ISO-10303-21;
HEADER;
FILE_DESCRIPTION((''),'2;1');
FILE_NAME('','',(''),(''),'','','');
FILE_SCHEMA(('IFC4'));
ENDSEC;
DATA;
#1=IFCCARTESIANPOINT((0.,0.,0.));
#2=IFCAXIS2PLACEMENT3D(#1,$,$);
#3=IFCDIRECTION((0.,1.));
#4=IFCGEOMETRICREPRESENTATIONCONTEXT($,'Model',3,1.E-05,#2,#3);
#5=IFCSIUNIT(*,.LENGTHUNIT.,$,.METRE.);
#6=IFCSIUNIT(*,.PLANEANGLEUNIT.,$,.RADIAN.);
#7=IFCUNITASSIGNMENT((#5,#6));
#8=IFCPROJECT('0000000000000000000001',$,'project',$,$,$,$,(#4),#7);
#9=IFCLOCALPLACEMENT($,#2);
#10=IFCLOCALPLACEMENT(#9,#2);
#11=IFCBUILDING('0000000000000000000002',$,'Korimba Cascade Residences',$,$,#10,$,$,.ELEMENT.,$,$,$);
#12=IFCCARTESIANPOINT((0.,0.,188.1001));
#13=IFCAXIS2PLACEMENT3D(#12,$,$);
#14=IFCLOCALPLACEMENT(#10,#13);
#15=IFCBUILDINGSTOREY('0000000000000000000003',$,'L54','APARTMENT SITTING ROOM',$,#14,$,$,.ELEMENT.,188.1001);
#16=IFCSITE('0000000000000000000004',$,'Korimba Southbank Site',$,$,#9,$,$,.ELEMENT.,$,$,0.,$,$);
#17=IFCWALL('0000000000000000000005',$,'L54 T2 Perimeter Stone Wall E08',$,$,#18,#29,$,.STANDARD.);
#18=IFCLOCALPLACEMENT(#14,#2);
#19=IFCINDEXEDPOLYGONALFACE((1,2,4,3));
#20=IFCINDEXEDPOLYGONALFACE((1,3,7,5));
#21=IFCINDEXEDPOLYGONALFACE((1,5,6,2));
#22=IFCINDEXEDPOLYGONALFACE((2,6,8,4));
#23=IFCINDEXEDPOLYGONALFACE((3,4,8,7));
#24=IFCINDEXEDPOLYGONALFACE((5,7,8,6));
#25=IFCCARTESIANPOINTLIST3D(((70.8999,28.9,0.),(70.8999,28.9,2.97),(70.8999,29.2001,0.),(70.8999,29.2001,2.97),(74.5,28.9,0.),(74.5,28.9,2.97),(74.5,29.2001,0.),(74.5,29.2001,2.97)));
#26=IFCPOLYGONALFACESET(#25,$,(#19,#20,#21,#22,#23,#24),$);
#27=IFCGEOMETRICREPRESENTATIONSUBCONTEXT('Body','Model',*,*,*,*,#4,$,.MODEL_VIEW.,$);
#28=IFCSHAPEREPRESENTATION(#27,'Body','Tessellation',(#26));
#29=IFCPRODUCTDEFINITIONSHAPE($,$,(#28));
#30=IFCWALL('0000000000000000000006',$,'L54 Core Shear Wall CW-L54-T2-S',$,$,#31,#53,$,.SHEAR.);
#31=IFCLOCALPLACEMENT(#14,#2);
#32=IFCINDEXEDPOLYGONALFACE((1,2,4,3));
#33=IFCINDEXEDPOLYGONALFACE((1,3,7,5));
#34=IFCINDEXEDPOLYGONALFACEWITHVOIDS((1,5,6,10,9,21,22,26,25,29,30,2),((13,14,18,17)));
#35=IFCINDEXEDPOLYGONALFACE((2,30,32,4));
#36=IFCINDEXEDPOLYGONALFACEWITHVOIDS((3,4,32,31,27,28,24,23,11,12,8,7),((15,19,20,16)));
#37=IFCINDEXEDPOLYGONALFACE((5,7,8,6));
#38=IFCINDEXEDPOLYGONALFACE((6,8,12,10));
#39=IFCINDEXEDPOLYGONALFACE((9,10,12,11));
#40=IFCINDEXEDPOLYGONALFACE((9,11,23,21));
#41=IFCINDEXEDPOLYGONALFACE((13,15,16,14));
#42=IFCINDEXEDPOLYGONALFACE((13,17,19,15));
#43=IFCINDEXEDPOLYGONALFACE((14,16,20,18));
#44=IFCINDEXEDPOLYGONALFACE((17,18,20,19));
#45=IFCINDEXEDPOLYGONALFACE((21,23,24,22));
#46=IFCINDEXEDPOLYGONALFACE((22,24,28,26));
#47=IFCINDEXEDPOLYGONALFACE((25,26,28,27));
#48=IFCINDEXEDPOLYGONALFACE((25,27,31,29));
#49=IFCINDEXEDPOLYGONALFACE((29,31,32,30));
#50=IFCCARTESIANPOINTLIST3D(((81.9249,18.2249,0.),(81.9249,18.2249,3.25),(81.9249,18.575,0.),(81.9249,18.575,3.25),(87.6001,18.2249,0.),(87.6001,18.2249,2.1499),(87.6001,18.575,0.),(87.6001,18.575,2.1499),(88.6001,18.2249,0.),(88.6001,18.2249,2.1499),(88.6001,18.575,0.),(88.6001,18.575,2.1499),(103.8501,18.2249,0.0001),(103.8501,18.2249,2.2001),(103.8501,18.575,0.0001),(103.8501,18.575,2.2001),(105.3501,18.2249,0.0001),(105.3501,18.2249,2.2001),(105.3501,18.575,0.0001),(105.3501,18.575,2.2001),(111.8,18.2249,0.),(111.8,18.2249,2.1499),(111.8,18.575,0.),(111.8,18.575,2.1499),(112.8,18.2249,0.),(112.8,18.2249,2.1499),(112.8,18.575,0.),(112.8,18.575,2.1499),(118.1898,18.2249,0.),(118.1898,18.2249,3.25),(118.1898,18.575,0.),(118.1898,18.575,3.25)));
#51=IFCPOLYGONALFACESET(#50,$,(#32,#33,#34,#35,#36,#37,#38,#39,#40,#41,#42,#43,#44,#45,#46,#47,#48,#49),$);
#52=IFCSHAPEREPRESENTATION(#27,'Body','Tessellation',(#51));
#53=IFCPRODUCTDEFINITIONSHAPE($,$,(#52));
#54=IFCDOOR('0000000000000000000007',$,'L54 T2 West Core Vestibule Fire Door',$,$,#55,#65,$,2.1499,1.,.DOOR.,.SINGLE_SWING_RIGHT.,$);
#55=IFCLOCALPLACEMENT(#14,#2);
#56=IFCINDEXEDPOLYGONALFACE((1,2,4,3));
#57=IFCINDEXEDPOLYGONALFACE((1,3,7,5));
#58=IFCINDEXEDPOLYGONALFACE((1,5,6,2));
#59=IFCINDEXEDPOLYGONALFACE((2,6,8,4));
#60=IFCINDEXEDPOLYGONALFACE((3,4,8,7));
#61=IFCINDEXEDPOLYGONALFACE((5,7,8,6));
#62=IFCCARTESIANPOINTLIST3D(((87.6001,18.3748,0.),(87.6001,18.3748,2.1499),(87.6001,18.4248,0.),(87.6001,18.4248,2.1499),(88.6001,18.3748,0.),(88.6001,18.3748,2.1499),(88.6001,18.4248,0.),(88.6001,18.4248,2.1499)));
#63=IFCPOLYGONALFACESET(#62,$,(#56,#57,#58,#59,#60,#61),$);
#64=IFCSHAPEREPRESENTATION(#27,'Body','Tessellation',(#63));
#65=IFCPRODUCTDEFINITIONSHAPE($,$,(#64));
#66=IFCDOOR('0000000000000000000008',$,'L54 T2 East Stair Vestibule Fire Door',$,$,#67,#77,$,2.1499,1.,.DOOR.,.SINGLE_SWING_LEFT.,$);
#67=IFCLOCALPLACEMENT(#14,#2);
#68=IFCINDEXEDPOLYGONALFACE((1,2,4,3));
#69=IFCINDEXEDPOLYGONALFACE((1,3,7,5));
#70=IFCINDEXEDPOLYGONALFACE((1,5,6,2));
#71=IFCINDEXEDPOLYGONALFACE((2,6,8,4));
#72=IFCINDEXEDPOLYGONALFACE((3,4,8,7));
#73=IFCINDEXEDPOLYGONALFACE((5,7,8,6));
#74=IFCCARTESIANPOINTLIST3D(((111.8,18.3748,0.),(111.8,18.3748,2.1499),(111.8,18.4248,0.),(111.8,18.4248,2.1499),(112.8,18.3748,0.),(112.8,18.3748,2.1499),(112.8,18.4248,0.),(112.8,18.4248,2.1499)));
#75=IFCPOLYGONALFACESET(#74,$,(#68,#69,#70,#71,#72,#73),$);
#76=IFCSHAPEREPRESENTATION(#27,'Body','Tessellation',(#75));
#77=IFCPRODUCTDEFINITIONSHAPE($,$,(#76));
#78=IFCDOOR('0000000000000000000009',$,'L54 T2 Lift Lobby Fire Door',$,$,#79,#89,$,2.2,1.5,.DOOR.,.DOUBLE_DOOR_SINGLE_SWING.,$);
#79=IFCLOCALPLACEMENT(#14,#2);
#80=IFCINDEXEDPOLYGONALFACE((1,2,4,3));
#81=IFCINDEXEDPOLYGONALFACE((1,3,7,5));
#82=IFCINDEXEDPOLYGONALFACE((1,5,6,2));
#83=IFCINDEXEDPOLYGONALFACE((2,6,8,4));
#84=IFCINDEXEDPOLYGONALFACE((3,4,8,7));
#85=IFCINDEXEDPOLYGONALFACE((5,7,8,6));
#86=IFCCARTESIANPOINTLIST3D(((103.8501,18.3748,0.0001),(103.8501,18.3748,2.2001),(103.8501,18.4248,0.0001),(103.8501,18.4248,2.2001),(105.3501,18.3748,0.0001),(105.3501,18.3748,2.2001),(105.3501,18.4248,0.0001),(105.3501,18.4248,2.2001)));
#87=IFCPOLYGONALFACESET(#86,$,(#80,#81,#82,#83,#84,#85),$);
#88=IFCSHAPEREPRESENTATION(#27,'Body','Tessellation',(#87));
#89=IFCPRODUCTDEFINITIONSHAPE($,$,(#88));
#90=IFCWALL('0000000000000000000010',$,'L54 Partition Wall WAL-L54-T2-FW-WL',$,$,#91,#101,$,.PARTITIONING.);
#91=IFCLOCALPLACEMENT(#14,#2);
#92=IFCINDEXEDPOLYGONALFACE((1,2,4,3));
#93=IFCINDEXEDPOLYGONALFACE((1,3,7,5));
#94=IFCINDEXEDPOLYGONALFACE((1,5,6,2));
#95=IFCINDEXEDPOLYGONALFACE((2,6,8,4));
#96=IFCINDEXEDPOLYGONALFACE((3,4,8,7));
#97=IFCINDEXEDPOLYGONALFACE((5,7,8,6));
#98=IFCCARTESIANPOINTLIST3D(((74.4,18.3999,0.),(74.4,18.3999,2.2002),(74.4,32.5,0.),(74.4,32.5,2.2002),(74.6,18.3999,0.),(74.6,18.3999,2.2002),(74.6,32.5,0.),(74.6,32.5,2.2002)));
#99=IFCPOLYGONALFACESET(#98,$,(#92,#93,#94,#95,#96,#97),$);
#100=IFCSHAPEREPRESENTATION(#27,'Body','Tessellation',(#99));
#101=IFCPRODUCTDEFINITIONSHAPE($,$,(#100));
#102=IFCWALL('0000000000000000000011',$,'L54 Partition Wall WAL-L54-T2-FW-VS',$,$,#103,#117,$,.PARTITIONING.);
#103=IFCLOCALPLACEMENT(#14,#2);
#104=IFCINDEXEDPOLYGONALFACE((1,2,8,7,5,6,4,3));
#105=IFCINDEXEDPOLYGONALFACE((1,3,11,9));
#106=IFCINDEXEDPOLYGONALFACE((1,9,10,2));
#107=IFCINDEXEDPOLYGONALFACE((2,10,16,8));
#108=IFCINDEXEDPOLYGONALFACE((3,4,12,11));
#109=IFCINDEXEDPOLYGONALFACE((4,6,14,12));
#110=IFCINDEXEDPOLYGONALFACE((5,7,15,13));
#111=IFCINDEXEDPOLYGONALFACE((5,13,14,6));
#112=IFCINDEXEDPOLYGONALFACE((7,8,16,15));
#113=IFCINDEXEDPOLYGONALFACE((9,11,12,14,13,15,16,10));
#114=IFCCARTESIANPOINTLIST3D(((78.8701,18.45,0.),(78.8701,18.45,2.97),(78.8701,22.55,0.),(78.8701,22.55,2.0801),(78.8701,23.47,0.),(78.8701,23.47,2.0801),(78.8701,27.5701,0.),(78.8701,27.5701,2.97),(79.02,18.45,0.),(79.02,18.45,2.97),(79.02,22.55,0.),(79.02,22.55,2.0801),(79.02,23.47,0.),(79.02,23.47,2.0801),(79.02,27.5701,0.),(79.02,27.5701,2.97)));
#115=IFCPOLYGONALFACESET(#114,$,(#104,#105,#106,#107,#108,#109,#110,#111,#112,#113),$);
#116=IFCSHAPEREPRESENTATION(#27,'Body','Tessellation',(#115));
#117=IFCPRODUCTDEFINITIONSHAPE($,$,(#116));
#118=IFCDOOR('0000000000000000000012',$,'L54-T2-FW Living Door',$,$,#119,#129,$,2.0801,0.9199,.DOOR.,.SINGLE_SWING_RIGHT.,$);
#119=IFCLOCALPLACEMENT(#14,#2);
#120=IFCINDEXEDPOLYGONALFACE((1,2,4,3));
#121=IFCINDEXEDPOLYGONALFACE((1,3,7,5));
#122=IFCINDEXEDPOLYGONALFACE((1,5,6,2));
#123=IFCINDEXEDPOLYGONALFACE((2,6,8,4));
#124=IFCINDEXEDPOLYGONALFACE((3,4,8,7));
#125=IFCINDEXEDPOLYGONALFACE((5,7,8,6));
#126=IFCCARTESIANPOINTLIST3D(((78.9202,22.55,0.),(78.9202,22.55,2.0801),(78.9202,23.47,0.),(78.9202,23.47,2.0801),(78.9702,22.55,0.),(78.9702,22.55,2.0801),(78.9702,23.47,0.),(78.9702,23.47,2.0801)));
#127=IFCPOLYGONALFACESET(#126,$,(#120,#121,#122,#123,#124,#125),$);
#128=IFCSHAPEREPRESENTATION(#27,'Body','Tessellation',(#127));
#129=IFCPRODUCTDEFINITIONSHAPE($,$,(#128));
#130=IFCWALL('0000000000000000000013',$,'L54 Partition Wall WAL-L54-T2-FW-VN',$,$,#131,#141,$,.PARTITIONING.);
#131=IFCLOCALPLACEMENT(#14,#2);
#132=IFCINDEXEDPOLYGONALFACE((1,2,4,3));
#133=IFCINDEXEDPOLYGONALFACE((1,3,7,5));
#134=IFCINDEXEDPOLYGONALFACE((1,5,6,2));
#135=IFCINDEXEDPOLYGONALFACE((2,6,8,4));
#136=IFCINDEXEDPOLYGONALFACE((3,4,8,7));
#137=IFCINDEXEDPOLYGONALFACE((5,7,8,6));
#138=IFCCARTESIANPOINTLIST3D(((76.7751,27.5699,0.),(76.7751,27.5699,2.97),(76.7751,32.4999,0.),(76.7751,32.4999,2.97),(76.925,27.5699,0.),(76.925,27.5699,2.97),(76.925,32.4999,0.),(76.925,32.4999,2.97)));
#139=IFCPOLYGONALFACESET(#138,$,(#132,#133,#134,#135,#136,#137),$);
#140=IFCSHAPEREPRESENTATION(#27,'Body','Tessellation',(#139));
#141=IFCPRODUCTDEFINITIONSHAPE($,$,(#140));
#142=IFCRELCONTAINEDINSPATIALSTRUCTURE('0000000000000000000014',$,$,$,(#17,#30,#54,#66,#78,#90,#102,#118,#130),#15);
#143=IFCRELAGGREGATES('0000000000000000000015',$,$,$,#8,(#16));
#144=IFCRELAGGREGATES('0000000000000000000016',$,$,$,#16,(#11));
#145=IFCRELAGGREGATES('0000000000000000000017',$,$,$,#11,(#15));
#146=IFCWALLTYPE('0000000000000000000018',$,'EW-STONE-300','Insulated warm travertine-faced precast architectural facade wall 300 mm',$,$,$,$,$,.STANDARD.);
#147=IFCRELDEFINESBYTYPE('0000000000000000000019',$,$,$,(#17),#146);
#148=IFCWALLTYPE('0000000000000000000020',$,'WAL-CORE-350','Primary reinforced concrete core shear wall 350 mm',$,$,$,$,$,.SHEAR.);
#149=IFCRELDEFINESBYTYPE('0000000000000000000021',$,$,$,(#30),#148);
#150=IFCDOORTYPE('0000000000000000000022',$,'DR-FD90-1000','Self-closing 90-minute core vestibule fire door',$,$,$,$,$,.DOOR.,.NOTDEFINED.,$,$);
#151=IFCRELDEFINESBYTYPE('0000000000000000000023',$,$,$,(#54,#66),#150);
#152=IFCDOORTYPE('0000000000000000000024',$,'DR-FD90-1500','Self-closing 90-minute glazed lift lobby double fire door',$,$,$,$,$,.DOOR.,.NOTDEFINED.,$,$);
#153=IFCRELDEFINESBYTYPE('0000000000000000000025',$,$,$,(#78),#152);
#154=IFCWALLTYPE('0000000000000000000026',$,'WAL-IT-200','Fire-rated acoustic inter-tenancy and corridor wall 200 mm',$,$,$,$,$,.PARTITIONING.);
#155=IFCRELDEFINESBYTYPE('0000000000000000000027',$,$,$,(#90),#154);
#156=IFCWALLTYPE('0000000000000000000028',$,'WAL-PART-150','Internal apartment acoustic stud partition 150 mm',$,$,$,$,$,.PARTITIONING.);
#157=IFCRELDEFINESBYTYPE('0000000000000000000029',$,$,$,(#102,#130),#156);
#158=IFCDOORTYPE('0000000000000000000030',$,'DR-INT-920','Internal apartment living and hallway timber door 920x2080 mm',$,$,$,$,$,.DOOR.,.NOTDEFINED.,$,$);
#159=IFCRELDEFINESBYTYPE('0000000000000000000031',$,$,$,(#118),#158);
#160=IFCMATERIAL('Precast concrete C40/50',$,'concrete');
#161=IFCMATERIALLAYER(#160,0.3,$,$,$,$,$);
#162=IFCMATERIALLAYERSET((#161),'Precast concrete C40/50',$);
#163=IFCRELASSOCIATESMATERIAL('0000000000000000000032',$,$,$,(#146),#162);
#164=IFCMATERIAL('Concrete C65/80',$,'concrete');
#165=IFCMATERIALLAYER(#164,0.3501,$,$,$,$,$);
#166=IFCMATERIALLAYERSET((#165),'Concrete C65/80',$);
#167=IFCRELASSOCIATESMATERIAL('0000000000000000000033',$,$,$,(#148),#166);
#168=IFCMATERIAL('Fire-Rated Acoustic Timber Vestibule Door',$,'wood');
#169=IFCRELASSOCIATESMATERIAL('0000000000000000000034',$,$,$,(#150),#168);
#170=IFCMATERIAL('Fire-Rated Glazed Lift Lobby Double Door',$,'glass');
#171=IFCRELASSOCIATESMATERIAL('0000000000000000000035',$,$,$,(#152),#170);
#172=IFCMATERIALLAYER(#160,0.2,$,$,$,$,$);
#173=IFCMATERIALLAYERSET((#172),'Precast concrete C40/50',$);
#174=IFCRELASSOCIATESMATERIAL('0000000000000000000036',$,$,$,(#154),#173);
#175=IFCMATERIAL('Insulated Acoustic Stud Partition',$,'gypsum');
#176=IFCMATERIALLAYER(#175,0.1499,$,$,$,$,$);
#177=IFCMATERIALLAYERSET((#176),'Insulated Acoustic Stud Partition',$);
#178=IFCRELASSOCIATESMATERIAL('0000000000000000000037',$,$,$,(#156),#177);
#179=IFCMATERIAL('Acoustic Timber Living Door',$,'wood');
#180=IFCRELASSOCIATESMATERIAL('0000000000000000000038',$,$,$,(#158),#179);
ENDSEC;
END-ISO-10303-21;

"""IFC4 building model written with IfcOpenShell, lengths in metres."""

from ifc_helpers import new_model, si_unit, direction, frame, frame_2d, origin, place, context, subcontext, project, spatial, rectangle, extrude, material, layer, layer_set, type_object, element, fill, save


model = new_model("IFC4")

# Units and contexts
model_context = context("Model", 3, precision=1e-05, world=origin(), true_north=direction((0.0, 1.0)))
body_context = subcontext(model_context, "Body", "Model", "MODEL_VIEW")
ifc_project = project(units=[si_unit("LENGTHUNIT", "METRE"), si_unit("PLANEANGLEUNIT", "RADIAN")], contexts=[model_context])

# Site, building, storey
site_placement = place(None, origin())
site = spatial("IfcSite", under=ifc_project, at=site_placement, Name="Korimba Southbank Site", CompositionType="ELEMENT", RefElevation=0.0)
building_placement = place(site_placement, origin())
building = spatial("IfcBuilding", under=site, at=building_placement, Name="Korimba Cascade Residences", CompositionType="ELEMENT")
storey_placement = place(building_placement, frame((0.0, 0.0, 188.1001)))
storey = spatial("IfcBuildingStorey", under=building, at=storey_placement, Name="L54", Description="APARTMENT SITTING ROOM", CompositionType="ELEMENT", Elevation=188.1001)

# Wall
ifc_material_1 = material(Name="Precast concrete C40/50", Category="concrete")
ifc_layer_1 = layer(ifc_material_1, 0.3)
ifc_layer_set_1 = layer_set([ifc_layer_1], Name="Precast concrete C40/50")
wall_type_1 = type_object("IfcWallType", Name="EW-STONE-300", Description="Insulated warm travertine-faced precast architectural facade wall 300 mm", PredefinedType="STANDARD", material=ifc_layer_set_1)
wall_1_placement = place(storey_placement, frame((74.5, 29.05, 0.0), z_axis=(0.0, 0.0, 1.0), x_axis=(-1.0, 0.0, 0.0)))
element("IfcWall", 1, at=wall_1_placement, inside=storey, type_object=wall_type_1, Name="L54 T2 Perimeter Stone Wall E08", PredefinedType="STANDARD", context=body_context, shape_type="SweptSolid", body=[
    extrude(rectangle(XDim=3.6001, YDim=0.3, at=frame_2d((1.8, 0.0))), origin(), (0.0, 0.0, 1.0), 2.97),
])

# Wall, openings, doors
ifc_material_2 = material(Name="Concrete C65/80", Category="concrete")
ifc_layer_2 = layer(ifc_material_2, 0.3501)
ifc_layer_set_2 = layer_set([ifc_layer_2], Name="Concrete C65/80")
wall_type_2 = type_object("IfcWallType", Name="WAL-CORE-350", Description="Primary reinforced concrete core shear wall 350 mm", PredefinedType="SHEAR", material=ifc_layer_set_2)
wall_2_placement = place(storey_placement, frame((81.925, 18.3999, 0.0), z_axis=(0.0, 0.0, 1.0), x_axis=(1.0, 0.0, 0.0)))
wall_2 = element("IfcWall", 2, at=wall_2_placement, inside=storey, type_object=wall_type_2, Name="L54 Core Shear Wall CW-L54-T2-S", PredefinedType="SHEAR", context=body_context, shape_type="SweptSolid", body=[
    extrude(rectangle(XDim=36.2649, YDim=0.3501, at=frame_2d((18.1323, 0.0))), origin(), (0.0, 0.0, 1.0), 3.25),
])
opening_1_placement = place(wall_2_placement, frame((5.675, 0.0, 0.0)))
opening_1 = element("IfcOpeningElement", 3, at=opening_1_placement, cuts=wall_2, PredefinedType="OPENING", context=body_context, shape_type="SweptSolid", body=[
    extrude(rectangle(XDim=1.0, YDim=2.1499, at=frame_2d((0.5, 1.075))), frame((0.0, 0.1851, 0.0), z_axis=(0.0, -1.0, 0.0), x_axis=(1.0, 0.0, 0.0)), (0.0, 0.0, 1.0), 0.3701),
])
opening_2_placement = place(wall_2_placement, frame((21.925, 0.0, 0.0)))
opening_2 = element("IfcOpeningElement", 4, at=opening_2_placement, cuts=wall_2, PredefinedType="OPENING", context=body_context, shape_type="SweptSolid", body=[
    extrude(rectangle(XDim=1.5, YDim=2.2, at=frame_2d((0.75, 1.1001))), frame((0.0, 0.1851, 0.0), z_axis=(0.0, -1.0, 0.0), x_axis=(1.0, 0.0, 0.0)), (0.0, 0.0, 1.0), 0.3701),
])
opening_3_placement = place(wall_2_placement, frame((29.875, 0.0, 0.0)))
opening_3 = element("IfcOpeningElement", 5, at=opening_3_placement, cuts=wall_2, PredefinedType="OPENING", context=body_context, shape_type="SweptSolid", body=[
    extrude(rectangle(XDim=1.0, YDim=2.1499, at=frame_2d((0.5, 1.075))), frame((0.0, 0.1851, 0.0), z_axis=(0.0, -1.0, 0.0), x_axis=(1.0, 0.0, 0.0)), (0.0, 0.0, 1.0), 0.3701),
])
ifc_material_3 = material(Name="Fire-Rated Acoustic Timber Vestibule Door", Category="wood")
door_type_1 = type_object("IfcDoorType", Name="DR-FD90-1000", Description="Self-closing 90-minute core vestibule fire door", OperationType="NOTDEFINED", PredefinedType="DOOR", material=ifc_material_3)
door_1_placement = place(opening_1_placement, origin())
door_1 = element("IfcDoor", 6, at=door_1_placement, inside=storey, type_object=door_type_1, Name="L54 T2 West Core Vestibule Fire Door", OperationType="SINGLE_SWING_RIGHT", OverallHeight=2.1499, OverallWidth=1.0, PredefinedType="DOOR", context=body_context, shape_type="SweptSolid", body=[
    extrude(rectangle(XDim=1.0, YDim=2.1499, at=frame_2d((0.5, 1.075))), frame((0.0, 0.0249, 0.0), z_axis=(0.0, -1.0, 0.0), x_axis=(1.0, 0.0, 0.0)), (0.0, 0.0, 1.0), 0.05),
])
fill(opening_1, door_1)
door_2_placement = place(opening_3_placement, origin())
door_2 = element("IfcDoor", 7, at=door_2_placement, inside=storey, type_object=door_type_1, Name="L54 T2 East Stair Vestibule Fire Door", OperationType="SINGLE_SWING_LEFT", OverallHeight=2.1499, OverallWidth=1.0, PredefinedType="DOOR", context=body_context, shape_type="SweptSolid", body=[
    extrude(rectangle(XDim=1.0, YDim=2.1499, at=frame_2d((0.5, 1.075))), frame((0.0, 0.0249, 0.0), z_axis=(0.0, -1.0, 0.0), x_axis=(1.0, 0.0, 0.0)), (0.0, 0.0, 1.0), 0.05),
])
fill(opening_3, door_2)
ifc_material_4 = material(Name="Fire-Rated Glazed Lift Lobby Double Door", Category="glass")
door_type_2 = type_object("IfcDoorType", Name="DR-FD90-1500", Description="Self-closing 90-minute glazed lift lobby double fire door", OperationType="NOTDEFINED", PredefinedType="DOOR", material=ifc_material_4)
door_3_placement = place(opening_2_placement, origin())
door_3 = element("IfcDoor", 8, at=door_3_placement, inside=storey, type_object=door_type_2, Name="L54 T2 Lift Lobby Fire Door", OperationType="DOUBLE_DOOR_SINGLE_SWING", OverallHeight=2.2, OverallWidth=1.5, PredefinedType="DOOR", context=body_context, shape_type="SweptSolid", body=[
    extrude(rectangle(XDim=1.5, YDim=2.2, at=frame_2d((0.75, 1.1001))), frame((0.0, 0.0249, 0.0), z_axis=(0.0, -1.0, 0.0), x_axis=(1.0, 0.0, 0.0)), (0.0, 0.0, 1.0), 0.05),
])
fill(opening_2, door_3)

# Wall
ifc_layer_3 = layer(ifc_material_1, 0.2)
ifc_layer_set_3 = layer_set([ifc_layer_3], Name="Precast concrete C40/50")
wall_type_3 = type_object("IfcWallType", Name="WAL-IT-200", Description="Fire-rated acoustic inter-tenancy and corridor wall 200 mm", PredefinedType="PARTITIONING", material=ifc_layer_set_3)
wall_3_placement = place(storey_placement, frame((74.5, 18.3999, 0.0), z_axis=(0.0, 0.0, 1.0), x_axis=(0.0, 1.0, 0.0)))
element("IfcWall", 9, at=wall_3_placement, inside=storey, type_object=wall_type_3, Name="L54 Partition Wall WAL-L54-T2-FW-WL", PredefinedType="PARTITIONING", context=body_context, shape_type="SweptSolid", body=[
    extrude(rectangle(XDim=14.1001, YDim=0.2, at=frame_2d((7.05, 0.0))), origin(), (0.0, 0.0, 1.0), 2.2002),
])

# Wall, opening, door
ifc_material_5 = material(Name="Insulated Acoustic Stud Partition", Category="gypsum")
ifc_layer_4 = layer(ifc_material_5, 0.1499)
ifc_layer_set_4 = layer_set([ifc_layer_4], Name="Insulated Acoustic Stud Partition")
wall_type_4 = type_object("IfcWallType", Name="WAL-PART-150", Description="Internal apartment acoustic stud partition 150 mm", PredefinedType="PARTITIONING", material=ifc_layer_set_4)
wall_4_placement = place(storey_placement, frame((78.9451, 18.45, 0.0), z_axis=(0.0, 0.0, 1.0), x_axis=(0.0, 1.0, 0.0)))
wall_4 = element("IfcWall", 10, at=wall_4_placement, inside=storey, type_object=wall_type_4, Name="L54 Partition Wall WAL-L54-T2-FW-VS", PredefinedType="PARTITIONING", context=body_context, shape_type="SweptSolid", body=[
    extrude(rectangle(XDim=9.1201, YDim=0.1499, at=frame_2d((4.5601, 0.0))), origin(), (0.0, 0.0, 1.0), 2.97),
])
opening_4_placement = place(wall_4_placement, frame((4.1001, 0.0, 0.0)))
opening_4 = element("IfcOpeningElement", 11, at=opening_4_placement, cuts=wall_4, PredefinedType="OPENING", context=body_context, shape_type="SweptSolid", body=[
    extrude(rectangle(XDim=0.9199, YDim=2.0801, at=frame_2d((0.46, 1.04))), frame((0.0, 0.085, 0.0), z_axis=(0.0, -1.0, 0.0), x_axis=(1.0, 0.0, 0.0)), (0.0, 0.0, 1.0), 0.1699),
])
ifc_material_6 = material(Name="Acoustic Timber Living Door", Category="wood")
door_type_3 = type_object("IfcDoorType", Name="DR-INT-920", Description="Internal apartment living and hallway timber door 920x2080 mm", OperationType="NOTDEFINED", PredefinedType="DOOR", material=ifc_material_6)
door_4_placement = place(opening_4_placement, origin())
door_4 = element("IfcDoor", 12, at=door_4_placement, inside=storey, type_object=door_type_3, Name="L54-T2-FW Living Door", OperationType="SINGLE_SWING_RIGHT", OverallHeight=2.0801, OverallWidth=0.9199, PredefinedType="DOOR", context=body_context, shape_type="SweptSolid", body=[
    extrude(rectangle(XDim=0.9199, YDim=2.0801, at=frame_2d((0.46, 1.04))), frame((0.0, 0.0249, 0.0), z_axis=(0.0, -1.0, 0.0), x_axis=(1.0, 0.0, 0.0)), (0.0, 0.0, 1.0), 0.05),
])
fill(opening_4, door_4)

# Wall
wall_5_placement = place(storey_placement, frame((76.8501, 27.5701, 0.0), z_axis=(0.0, 0.0, 1.0), x_axis=(0.0, 1.0, 0.0)))
element("IfcWall", 13, at=wall_5_placement, inside=storey, type_object=wall_type_4, Name="L54 Partition Wall WAL-L54-T2-FW-VN", PredefinedType="PARTITIONING", context=body_context, shape_type="SweptSolid", body=[
    extrude(rectangle(XDim=4.9299, YDim=0.1499, at=frame_2d((2.4648, 0.0))), origin(), (0.0, 0.0, 1.0), 2.97),
])

save(model, "model.ifc")
